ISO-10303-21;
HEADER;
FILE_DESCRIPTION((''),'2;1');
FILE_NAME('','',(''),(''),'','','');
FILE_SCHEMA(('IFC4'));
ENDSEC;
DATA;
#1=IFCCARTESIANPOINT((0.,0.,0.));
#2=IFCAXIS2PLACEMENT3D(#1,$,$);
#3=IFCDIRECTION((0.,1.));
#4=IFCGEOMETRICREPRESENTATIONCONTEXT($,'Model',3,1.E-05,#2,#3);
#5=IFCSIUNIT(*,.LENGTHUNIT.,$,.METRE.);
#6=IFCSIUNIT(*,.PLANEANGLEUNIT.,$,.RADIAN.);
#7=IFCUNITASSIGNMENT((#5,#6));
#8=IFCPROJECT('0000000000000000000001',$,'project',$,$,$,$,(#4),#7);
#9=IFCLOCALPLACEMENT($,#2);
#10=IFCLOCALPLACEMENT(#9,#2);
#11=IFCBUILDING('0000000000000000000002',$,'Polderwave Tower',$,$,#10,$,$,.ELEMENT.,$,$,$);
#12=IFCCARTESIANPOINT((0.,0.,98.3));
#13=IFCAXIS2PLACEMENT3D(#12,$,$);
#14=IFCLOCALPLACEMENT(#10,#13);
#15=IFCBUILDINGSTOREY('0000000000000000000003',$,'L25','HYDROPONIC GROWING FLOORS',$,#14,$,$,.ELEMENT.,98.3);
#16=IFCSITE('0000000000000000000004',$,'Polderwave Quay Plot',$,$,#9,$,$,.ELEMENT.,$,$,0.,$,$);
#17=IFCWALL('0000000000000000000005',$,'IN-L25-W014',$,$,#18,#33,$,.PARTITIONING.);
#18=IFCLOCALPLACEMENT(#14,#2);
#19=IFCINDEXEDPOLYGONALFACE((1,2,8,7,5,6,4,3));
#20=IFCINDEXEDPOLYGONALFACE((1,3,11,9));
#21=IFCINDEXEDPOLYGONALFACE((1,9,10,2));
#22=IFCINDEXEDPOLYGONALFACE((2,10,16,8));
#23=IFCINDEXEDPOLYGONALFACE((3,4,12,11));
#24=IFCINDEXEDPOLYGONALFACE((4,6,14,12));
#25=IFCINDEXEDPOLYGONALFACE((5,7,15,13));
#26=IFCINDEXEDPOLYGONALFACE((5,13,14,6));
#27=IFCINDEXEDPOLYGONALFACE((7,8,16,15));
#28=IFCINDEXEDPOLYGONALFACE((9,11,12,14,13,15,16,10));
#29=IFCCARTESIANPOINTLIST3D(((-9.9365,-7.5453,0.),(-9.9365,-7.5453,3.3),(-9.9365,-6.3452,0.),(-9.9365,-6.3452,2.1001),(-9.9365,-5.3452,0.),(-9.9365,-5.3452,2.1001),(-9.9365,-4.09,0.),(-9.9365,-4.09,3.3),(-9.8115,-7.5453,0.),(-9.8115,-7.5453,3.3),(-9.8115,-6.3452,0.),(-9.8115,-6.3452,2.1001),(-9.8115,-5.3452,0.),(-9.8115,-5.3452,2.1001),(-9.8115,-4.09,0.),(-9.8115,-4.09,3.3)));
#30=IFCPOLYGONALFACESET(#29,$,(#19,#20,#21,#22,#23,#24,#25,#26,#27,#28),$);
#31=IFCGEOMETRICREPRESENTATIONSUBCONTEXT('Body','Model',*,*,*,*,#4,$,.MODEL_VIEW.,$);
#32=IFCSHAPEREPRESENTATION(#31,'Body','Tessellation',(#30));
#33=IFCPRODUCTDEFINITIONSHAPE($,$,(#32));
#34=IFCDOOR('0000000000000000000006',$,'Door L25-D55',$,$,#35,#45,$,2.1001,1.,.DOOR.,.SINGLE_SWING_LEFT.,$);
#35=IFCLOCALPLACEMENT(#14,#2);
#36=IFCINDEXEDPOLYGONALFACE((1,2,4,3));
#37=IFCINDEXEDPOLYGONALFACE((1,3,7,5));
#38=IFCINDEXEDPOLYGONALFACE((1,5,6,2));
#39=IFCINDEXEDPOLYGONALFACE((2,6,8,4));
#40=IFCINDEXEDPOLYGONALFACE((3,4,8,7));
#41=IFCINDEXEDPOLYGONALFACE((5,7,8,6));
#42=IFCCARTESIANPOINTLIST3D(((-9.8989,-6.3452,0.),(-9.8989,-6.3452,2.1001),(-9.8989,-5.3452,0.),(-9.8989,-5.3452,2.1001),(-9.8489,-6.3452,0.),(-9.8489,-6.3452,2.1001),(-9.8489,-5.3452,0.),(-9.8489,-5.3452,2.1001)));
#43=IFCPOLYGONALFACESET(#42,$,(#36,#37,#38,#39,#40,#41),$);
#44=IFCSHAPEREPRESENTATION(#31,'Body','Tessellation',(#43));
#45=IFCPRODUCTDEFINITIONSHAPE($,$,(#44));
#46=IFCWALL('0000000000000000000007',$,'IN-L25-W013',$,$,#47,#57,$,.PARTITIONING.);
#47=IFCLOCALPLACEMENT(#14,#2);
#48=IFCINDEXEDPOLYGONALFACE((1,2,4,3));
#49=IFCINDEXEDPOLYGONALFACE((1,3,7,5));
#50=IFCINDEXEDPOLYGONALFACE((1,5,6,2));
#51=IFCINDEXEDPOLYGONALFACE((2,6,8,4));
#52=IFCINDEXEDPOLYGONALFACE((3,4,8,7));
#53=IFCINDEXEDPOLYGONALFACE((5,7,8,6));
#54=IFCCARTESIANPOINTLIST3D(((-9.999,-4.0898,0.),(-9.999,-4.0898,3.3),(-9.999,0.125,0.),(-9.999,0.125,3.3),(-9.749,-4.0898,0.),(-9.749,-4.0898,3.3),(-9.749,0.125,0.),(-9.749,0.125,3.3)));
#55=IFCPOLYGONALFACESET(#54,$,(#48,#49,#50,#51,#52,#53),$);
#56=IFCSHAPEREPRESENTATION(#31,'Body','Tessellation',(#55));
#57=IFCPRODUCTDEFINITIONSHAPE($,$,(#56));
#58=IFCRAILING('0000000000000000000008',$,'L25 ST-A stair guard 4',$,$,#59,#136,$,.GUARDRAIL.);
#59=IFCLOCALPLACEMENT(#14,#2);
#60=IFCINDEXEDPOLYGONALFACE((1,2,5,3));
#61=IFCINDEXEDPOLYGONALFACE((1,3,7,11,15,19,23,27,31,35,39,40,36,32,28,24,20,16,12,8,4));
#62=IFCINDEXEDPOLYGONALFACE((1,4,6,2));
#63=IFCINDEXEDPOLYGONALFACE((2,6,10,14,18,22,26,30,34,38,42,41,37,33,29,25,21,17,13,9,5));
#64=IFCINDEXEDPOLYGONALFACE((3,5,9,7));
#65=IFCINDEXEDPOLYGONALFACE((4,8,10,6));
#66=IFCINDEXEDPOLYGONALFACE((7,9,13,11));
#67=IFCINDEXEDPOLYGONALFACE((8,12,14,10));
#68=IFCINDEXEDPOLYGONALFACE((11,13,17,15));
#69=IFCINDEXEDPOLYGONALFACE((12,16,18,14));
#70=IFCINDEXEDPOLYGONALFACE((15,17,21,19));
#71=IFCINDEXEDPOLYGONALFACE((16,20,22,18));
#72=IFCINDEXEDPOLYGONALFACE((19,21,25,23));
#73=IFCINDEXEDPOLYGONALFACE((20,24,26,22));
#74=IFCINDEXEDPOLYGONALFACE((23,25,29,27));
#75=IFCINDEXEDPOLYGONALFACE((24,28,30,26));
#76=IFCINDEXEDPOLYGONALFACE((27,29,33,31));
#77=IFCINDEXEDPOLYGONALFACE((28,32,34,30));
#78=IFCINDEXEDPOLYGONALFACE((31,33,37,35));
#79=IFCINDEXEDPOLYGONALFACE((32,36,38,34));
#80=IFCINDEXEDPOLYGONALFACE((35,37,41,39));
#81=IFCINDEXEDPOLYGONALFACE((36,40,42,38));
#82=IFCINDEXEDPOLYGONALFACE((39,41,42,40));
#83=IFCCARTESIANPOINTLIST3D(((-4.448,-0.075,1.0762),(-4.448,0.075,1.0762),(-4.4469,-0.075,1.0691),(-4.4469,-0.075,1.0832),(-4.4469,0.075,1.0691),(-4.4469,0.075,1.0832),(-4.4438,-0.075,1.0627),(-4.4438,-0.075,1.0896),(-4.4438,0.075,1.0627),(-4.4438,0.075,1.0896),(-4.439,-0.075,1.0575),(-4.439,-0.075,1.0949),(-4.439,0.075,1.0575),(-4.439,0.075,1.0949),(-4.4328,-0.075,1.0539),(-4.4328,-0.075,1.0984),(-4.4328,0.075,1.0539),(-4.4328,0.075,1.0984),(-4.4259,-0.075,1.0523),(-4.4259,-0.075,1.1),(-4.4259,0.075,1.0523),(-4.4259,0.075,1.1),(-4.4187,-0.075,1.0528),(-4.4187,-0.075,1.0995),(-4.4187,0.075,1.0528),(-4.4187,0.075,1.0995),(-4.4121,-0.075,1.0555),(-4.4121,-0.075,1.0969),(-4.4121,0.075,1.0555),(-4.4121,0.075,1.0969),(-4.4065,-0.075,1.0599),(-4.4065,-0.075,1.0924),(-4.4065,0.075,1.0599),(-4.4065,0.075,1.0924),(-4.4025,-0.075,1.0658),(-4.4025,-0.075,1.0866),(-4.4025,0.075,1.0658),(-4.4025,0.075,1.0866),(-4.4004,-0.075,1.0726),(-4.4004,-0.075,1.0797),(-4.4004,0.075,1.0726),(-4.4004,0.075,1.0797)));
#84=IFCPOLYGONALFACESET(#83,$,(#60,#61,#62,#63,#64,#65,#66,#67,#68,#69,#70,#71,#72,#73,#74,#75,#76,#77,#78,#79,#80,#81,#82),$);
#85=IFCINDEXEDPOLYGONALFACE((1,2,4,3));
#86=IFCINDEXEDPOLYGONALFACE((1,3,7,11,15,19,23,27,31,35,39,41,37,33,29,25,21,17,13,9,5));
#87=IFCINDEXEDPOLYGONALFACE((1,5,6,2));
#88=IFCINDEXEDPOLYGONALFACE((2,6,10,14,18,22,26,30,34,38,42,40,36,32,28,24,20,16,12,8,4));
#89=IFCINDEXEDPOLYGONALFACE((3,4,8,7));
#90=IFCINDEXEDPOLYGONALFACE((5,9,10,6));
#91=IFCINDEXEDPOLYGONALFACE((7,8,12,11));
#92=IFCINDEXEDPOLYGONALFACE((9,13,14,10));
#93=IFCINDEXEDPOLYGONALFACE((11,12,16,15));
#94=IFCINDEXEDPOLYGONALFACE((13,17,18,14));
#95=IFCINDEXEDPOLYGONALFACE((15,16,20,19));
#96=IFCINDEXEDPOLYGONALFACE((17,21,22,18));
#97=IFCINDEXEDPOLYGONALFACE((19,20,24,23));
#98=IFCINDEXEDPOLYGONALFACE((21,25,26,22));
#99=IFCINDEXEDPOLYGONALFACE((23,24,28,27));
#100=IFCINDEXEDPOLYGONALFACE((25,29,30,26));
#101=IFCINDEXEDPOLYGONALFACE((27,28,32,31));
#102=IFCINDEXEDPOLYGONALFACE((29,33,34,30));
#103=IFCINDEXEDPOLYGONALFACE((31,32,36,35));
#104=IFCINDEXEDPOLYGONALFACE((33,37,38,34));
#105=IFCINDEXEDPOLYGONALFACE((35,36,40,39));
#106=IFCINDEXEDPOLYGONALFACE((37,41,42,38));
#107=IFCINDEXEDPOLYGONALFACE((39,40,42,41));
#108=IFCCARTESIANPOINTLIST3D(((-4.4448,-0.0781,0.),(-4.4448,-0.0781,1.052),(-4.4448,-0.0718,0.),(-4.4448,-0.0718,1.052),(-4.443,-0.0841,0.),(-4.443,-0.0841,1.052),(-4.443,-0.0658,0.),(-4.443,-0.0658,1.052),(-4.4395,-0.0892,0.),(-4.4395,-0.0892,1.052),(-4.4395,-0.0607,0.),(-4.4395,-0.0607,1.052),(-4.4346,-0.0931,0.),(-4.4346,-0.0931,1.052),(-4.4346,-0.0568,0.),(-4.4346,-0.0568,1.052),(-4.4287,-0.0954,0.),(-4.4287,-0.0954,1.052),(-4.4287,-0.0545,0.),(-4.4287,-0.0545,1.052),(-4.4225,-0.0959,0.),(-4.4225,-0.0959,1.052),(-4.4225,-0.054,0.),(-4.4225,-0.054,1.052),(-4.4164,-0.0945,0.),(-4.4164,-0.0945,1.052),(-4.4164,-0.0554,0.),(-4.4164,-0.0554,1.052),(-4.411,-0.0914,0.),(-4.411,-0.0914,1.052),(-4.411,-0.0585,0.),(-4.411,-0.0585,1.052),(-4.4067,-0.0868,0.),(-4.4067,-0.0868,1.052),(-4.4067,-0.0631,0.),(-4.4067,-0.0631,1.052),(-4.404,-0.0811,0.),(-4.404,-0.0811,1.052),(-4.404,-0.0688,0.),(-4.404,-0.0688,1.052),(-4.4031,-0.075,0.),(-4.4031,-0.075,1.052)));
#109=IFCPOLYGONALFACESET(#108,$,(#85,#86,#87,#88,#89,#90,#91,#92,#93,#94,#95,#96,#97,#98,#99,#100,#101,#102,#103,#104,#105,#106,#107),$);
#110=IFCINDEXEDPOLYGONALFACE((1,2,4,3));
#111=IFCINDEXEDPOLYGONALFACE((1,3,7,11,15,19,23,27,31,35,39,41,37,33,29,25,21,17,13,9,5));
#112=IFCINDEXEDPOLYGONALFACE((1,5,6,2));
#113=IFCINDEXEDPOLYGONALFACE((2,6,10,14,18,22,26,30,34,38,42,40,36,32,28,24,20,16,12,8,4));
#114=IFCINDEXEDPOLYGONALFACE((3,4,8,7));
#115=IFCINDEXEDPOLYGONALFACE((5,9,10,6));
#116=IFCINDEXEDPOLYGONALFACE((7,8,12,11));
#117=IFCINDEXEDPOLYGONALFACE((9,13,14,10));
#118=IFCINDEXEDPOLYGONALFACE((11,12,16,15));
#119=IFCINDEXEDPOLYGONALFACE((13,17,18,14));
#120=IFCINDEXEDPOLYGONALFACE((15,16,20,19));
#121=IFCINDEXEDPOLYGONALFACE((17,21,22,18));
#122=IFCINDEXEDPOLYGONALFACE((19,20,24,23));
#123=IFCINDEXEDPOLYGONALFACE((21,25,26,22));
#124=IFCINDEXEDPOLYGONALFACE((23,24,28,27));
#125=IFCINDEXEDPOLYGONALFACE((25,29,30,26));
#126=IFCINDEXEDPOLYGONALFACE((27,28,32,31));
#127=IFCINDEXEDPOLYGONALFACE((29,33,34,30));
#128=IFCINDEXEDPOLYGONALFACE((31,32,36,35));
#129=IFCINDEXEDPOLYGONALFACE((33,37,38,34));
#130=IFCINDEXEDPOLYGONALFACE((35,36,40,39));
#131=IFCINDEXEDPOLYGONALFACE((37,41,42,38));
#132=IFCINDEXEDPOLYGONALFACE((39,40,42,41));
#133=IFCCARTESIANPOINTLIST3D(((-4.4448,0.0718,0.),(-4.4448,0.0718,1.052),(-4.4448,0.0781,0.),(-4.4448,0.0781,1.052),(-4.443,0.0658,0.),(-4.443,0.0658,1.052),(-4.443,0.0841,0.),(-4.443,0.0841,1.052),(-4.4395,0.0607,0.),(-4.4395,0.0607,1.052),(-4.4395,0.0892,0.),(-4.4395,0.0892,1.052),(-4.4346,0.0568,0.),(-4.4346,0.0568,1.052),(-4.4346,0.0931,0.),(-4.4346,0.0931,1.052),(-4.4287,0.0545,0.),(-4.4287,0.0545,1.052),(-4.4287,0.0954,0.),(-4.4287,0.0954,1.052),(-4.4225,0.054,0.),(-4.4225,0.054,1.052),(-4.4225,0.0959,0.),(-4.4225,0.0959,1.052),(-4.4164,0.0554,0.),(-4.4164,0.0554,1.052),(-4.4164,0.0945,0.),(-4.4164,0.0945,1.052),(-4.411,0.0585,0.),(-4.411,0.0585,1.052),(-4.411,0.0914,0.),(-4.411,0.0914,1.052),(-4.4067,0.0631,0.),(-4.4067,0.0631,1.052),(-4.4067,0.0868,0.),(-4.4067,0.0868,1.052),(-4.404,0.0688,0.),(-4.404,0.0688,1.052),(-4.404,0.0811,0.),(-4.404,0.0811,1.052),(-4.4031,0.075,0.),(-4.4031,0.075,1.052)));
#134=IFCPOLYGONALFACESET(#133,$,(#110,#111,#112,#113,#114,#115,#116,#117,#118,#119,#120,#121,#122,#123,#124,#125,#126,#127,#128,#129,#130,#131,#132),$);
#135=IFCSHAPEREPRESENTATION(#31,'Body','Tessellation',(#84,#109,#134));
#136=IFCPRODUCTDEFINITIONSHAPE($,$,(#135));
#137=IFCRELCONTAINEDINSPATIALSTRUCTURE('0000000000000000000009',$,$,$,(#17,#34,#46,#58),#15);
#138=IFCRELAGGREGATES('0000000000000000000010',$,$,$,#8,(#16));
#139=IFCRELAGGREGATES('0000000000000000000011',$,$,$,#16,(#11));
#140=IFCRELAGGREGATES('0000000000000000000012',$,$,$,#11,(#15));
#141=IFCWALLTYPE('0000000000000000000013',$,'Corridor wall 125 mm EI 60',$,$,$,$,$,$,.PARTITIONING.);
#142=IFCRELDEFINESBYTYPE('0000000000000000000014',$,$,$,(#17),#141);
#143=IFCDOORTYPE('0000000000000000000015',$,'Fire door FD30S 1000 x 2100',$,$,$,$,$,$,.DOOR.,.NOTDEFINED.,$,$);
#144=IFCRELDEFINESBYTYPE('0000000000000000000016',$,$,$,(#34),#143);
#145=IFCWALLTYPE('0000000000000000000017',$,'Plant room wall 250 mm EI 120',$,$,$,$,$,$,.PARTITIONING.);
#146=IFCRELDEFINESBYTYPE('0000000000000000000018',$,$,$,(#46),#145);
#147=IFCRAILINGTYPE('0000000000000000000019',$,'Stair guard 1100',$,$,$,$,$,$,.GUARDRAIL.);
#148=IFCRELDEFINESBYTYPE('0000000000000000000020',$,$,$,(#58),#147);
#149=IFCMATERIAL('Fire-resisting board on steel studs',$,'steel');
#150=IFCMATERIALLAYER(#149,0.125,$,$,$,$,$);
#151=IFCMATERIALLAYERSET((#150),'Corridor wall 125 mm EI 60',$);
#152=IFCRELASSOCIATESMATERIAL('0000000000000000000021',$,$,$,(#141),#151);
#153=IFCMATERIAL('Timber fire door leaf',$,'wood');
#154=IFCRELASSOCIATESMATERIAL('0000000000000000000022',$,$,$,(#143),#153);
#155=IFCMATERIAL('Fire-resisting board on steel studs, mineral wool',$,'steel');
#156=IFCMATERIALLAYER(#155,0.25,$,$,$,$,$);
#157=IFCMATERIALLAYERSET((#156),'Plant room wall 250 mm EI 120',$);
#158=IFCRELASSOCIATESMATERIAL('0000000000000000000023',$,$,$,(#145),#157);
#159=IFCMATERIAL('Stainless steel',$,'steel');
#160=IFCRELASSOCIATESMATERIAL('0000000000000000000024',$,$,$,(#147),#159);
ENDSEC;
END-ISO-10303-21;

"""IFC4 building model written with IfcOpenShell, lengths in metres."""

from ifc_helpers import new_model, si_unit, direction, frame, frame_2d, origin, origin_2d, place, context, subcontext, project, spatial, rectangle, circle, extrude, material, layer, layer_set, type_object, element, fill, save


model = new_model("IFC4")

# Units and contexts
model_context = context("Model", 3, precision=1e-05, world=origin(), true_north=direction((0.0, 1.0)))
body_context = subcontext(model_context, "Body", "Model", "MODEL_VIEW")
ifc_project = project(units=[si_unit("LENGTHUNIT", "METRE"), si_unit("PLANEANGLEUNIT", "RADIAN")], contexts=[model_context])

# Site, building, storey
site_placement = place(None, origin())
site = spatial("IfcSite", under=ifc_project, at=site_placement, Name="Polderwave Quay Plot", CompositionType="ELEMENT", RefElevation=0.0)
building_placement = place(site_placement, origin())
building = spatial("IfcBuilding", under=site, at=building_placement, Name="Polderwave Tower", CompositionType="ELEMENT")
storey_placement = place(building_placement, frame((0.0, 0.0, 98.3)))
storey = spatial("IfcBuildingStorey", under=building, at=storey_placement, Name="L25", Description="HYDROPONIC GROWING FLOORS", CompositionType="ELEMENT", Elevation=98.3)

# Shared definitions
ifc_material_1 = material(Name="Stainless steel", Category="steel")

# Wall, opening, door
ifc_material_2 = material(Name="Fire-resisting board on steel studs", Category="steel")
ifc_layer_1 = layer(ifc_material_2, 0.125)
ifc_layer_set_1 = layer_set([ifc_layer_1], Name="Corridor wall 125 mm EI 60")
wall_type_1 = type_object("IfcWallType", Name="Corridor wall 125 mm EI 60", PredefinedType="PARTITIONING", material=ifc_layer_set_1)
wall_1_placement = place(storey_placement, frame((-9.874, -7.5452, 0.0), z_axis=(0.0, 0.0, 1.0), x_axis=(0.0, 1.0, 0.0)))
wall_1 = element("IfcWall", 1, at=wall_1_placement, inside=storey, type_object=wall_type_1, Name="IN-L25-W014", PredefinedType="PARTITIONING", context=body_context, shape_type="SweptSolid", body=[
    extrude(rectangle(XDim=3.4553, YDim=0.125, at=frame_2d((1.7275, 0.0))), origin(), (0.0, 0.0, 1.0), 3.3),
])
opening_1_placement = place(wall_1_placement, frame((1.2, 0.0, 0.0)))
opening_1 = element("IfcOpeningElement", 2, at=opening_1_placement, cuts=wall_1, PredefinedType="OPENING", context=body_context, shape_type="SweptSolid", body=[
    extrude(rectangle(XDim=1.0, YDim=2.1001, at=frame_2d((0.5, 1.05))), frame((0.0, 0.0725, 0.0), z_axis=(0.0, -1.0, 0.0), x_axis=(1.0, 0.0, 0.0)), (0.0, 0.0, 1.0), 0.145),
])
ifc_material_3 = material(Name="Timber fire door leaf", Category="wood")
door_type_1 = type_object("IfcDoorType", Name="Fire door FD30S 1000 x 2100", OperationType="NOTDEFINED", PredefinedType="DOOR", material=ifc_material_3)
door_1_placement = place(opening_1_placement, origin())
door_1 = element("IfcDoor", 3, at=door_1_placement, inside=storey, type_object=door_type_1, Name="Door L25-D55", OperationType="SINGLE_SWING_LEFT", OverallHeight=2.1001, OverallWidth=1.0, PredefinedType="DOOR", context=body_context, shape_type="SweptSolid", body=[
    extrude(rectangle(XDim=1.0, YDim=2.1001, at=frame_2d((0.5, 1.05))), frame((0.0, 0.0249, 0.0), z_axis=(0.0, -1.0, 0.0), x_axis=(1.0, 0.0, 0.0)), (0.0, 0.0, 1.0), 0.05),
])
fill(opening_1, door_1)

# Wall
ifc_material_4 = material(Name="Fire-resisting board on steel studs, mineral wool", Category="steel")
ifc_layer_2 = layer(ifc_material_4, 0.25)
ifc_layer_set_2 = layer_set([ifc_layer_2], Name="Plant room wall 250 mm EI 120")
wall_type_2 = type_object("IfcWallType", Name="Plant room wall 250 mm EI 120", PredefinedType="PARTITIONING", material=ifc_layer_set_2)
wall_2_placement = place(storey_placement, frame((-9.874, -4.0898, 0.0), z_axis=(0.0, 0.0, 1.0), x_axis=(0.0, 1.0, 0.0)))
element("IfcWall", 4, at=wall_2_placement, inside=storey, type_object=wall_type_2, Name="IN-L25-W013", PredefinedType="PARTITIONING", context=body_context, shape_type="SweptSolid", body=[
    extrude(rectangle(XDim=4.2148, YDim=0.25, at=frame_2d((2.1074, 0.0))), origin(), (0.0, 0.0, 1.0), 3.3),
])

# Railing
railing_type = type_object("IfcRailingType", Name="Stair guard 1100", PredefinedType="GUARDRAIL", material=ifc_material_1)
railing_placement = place(storey_placement, frame((-4.4241, -0.075, 0.0)))
element("IfcRailing", 5, at=railing_placement, inside=storey, type_object=railing_type, Name="L25 ST-A stair guard 4", PredefinedType="GUARDRAIL", context=body_context, shape_type="SweptSolid", body=[
    extrude(circle(Radius=0.0239, at=origin_2d()), frame((0.0, 0.0, 1.0762), z_axis=(0.0, 1.0, 0.0), x_axis=(-1.0, 0.0, 0.0)), (0.0, 0.0, 1.0), 0.1499),
    extrude(circle(Radius=0.021, at=origin_2d()), origin(), (0.0, 0.0, 1.0), 1.052),
    extrude(circle(Radius=0.021, at=origin_2d()), frame((0.0, 0.1499, 0.0)), (0.0, 0.0, 1.0), 1.052),
])

save(model, "model.ifc")
